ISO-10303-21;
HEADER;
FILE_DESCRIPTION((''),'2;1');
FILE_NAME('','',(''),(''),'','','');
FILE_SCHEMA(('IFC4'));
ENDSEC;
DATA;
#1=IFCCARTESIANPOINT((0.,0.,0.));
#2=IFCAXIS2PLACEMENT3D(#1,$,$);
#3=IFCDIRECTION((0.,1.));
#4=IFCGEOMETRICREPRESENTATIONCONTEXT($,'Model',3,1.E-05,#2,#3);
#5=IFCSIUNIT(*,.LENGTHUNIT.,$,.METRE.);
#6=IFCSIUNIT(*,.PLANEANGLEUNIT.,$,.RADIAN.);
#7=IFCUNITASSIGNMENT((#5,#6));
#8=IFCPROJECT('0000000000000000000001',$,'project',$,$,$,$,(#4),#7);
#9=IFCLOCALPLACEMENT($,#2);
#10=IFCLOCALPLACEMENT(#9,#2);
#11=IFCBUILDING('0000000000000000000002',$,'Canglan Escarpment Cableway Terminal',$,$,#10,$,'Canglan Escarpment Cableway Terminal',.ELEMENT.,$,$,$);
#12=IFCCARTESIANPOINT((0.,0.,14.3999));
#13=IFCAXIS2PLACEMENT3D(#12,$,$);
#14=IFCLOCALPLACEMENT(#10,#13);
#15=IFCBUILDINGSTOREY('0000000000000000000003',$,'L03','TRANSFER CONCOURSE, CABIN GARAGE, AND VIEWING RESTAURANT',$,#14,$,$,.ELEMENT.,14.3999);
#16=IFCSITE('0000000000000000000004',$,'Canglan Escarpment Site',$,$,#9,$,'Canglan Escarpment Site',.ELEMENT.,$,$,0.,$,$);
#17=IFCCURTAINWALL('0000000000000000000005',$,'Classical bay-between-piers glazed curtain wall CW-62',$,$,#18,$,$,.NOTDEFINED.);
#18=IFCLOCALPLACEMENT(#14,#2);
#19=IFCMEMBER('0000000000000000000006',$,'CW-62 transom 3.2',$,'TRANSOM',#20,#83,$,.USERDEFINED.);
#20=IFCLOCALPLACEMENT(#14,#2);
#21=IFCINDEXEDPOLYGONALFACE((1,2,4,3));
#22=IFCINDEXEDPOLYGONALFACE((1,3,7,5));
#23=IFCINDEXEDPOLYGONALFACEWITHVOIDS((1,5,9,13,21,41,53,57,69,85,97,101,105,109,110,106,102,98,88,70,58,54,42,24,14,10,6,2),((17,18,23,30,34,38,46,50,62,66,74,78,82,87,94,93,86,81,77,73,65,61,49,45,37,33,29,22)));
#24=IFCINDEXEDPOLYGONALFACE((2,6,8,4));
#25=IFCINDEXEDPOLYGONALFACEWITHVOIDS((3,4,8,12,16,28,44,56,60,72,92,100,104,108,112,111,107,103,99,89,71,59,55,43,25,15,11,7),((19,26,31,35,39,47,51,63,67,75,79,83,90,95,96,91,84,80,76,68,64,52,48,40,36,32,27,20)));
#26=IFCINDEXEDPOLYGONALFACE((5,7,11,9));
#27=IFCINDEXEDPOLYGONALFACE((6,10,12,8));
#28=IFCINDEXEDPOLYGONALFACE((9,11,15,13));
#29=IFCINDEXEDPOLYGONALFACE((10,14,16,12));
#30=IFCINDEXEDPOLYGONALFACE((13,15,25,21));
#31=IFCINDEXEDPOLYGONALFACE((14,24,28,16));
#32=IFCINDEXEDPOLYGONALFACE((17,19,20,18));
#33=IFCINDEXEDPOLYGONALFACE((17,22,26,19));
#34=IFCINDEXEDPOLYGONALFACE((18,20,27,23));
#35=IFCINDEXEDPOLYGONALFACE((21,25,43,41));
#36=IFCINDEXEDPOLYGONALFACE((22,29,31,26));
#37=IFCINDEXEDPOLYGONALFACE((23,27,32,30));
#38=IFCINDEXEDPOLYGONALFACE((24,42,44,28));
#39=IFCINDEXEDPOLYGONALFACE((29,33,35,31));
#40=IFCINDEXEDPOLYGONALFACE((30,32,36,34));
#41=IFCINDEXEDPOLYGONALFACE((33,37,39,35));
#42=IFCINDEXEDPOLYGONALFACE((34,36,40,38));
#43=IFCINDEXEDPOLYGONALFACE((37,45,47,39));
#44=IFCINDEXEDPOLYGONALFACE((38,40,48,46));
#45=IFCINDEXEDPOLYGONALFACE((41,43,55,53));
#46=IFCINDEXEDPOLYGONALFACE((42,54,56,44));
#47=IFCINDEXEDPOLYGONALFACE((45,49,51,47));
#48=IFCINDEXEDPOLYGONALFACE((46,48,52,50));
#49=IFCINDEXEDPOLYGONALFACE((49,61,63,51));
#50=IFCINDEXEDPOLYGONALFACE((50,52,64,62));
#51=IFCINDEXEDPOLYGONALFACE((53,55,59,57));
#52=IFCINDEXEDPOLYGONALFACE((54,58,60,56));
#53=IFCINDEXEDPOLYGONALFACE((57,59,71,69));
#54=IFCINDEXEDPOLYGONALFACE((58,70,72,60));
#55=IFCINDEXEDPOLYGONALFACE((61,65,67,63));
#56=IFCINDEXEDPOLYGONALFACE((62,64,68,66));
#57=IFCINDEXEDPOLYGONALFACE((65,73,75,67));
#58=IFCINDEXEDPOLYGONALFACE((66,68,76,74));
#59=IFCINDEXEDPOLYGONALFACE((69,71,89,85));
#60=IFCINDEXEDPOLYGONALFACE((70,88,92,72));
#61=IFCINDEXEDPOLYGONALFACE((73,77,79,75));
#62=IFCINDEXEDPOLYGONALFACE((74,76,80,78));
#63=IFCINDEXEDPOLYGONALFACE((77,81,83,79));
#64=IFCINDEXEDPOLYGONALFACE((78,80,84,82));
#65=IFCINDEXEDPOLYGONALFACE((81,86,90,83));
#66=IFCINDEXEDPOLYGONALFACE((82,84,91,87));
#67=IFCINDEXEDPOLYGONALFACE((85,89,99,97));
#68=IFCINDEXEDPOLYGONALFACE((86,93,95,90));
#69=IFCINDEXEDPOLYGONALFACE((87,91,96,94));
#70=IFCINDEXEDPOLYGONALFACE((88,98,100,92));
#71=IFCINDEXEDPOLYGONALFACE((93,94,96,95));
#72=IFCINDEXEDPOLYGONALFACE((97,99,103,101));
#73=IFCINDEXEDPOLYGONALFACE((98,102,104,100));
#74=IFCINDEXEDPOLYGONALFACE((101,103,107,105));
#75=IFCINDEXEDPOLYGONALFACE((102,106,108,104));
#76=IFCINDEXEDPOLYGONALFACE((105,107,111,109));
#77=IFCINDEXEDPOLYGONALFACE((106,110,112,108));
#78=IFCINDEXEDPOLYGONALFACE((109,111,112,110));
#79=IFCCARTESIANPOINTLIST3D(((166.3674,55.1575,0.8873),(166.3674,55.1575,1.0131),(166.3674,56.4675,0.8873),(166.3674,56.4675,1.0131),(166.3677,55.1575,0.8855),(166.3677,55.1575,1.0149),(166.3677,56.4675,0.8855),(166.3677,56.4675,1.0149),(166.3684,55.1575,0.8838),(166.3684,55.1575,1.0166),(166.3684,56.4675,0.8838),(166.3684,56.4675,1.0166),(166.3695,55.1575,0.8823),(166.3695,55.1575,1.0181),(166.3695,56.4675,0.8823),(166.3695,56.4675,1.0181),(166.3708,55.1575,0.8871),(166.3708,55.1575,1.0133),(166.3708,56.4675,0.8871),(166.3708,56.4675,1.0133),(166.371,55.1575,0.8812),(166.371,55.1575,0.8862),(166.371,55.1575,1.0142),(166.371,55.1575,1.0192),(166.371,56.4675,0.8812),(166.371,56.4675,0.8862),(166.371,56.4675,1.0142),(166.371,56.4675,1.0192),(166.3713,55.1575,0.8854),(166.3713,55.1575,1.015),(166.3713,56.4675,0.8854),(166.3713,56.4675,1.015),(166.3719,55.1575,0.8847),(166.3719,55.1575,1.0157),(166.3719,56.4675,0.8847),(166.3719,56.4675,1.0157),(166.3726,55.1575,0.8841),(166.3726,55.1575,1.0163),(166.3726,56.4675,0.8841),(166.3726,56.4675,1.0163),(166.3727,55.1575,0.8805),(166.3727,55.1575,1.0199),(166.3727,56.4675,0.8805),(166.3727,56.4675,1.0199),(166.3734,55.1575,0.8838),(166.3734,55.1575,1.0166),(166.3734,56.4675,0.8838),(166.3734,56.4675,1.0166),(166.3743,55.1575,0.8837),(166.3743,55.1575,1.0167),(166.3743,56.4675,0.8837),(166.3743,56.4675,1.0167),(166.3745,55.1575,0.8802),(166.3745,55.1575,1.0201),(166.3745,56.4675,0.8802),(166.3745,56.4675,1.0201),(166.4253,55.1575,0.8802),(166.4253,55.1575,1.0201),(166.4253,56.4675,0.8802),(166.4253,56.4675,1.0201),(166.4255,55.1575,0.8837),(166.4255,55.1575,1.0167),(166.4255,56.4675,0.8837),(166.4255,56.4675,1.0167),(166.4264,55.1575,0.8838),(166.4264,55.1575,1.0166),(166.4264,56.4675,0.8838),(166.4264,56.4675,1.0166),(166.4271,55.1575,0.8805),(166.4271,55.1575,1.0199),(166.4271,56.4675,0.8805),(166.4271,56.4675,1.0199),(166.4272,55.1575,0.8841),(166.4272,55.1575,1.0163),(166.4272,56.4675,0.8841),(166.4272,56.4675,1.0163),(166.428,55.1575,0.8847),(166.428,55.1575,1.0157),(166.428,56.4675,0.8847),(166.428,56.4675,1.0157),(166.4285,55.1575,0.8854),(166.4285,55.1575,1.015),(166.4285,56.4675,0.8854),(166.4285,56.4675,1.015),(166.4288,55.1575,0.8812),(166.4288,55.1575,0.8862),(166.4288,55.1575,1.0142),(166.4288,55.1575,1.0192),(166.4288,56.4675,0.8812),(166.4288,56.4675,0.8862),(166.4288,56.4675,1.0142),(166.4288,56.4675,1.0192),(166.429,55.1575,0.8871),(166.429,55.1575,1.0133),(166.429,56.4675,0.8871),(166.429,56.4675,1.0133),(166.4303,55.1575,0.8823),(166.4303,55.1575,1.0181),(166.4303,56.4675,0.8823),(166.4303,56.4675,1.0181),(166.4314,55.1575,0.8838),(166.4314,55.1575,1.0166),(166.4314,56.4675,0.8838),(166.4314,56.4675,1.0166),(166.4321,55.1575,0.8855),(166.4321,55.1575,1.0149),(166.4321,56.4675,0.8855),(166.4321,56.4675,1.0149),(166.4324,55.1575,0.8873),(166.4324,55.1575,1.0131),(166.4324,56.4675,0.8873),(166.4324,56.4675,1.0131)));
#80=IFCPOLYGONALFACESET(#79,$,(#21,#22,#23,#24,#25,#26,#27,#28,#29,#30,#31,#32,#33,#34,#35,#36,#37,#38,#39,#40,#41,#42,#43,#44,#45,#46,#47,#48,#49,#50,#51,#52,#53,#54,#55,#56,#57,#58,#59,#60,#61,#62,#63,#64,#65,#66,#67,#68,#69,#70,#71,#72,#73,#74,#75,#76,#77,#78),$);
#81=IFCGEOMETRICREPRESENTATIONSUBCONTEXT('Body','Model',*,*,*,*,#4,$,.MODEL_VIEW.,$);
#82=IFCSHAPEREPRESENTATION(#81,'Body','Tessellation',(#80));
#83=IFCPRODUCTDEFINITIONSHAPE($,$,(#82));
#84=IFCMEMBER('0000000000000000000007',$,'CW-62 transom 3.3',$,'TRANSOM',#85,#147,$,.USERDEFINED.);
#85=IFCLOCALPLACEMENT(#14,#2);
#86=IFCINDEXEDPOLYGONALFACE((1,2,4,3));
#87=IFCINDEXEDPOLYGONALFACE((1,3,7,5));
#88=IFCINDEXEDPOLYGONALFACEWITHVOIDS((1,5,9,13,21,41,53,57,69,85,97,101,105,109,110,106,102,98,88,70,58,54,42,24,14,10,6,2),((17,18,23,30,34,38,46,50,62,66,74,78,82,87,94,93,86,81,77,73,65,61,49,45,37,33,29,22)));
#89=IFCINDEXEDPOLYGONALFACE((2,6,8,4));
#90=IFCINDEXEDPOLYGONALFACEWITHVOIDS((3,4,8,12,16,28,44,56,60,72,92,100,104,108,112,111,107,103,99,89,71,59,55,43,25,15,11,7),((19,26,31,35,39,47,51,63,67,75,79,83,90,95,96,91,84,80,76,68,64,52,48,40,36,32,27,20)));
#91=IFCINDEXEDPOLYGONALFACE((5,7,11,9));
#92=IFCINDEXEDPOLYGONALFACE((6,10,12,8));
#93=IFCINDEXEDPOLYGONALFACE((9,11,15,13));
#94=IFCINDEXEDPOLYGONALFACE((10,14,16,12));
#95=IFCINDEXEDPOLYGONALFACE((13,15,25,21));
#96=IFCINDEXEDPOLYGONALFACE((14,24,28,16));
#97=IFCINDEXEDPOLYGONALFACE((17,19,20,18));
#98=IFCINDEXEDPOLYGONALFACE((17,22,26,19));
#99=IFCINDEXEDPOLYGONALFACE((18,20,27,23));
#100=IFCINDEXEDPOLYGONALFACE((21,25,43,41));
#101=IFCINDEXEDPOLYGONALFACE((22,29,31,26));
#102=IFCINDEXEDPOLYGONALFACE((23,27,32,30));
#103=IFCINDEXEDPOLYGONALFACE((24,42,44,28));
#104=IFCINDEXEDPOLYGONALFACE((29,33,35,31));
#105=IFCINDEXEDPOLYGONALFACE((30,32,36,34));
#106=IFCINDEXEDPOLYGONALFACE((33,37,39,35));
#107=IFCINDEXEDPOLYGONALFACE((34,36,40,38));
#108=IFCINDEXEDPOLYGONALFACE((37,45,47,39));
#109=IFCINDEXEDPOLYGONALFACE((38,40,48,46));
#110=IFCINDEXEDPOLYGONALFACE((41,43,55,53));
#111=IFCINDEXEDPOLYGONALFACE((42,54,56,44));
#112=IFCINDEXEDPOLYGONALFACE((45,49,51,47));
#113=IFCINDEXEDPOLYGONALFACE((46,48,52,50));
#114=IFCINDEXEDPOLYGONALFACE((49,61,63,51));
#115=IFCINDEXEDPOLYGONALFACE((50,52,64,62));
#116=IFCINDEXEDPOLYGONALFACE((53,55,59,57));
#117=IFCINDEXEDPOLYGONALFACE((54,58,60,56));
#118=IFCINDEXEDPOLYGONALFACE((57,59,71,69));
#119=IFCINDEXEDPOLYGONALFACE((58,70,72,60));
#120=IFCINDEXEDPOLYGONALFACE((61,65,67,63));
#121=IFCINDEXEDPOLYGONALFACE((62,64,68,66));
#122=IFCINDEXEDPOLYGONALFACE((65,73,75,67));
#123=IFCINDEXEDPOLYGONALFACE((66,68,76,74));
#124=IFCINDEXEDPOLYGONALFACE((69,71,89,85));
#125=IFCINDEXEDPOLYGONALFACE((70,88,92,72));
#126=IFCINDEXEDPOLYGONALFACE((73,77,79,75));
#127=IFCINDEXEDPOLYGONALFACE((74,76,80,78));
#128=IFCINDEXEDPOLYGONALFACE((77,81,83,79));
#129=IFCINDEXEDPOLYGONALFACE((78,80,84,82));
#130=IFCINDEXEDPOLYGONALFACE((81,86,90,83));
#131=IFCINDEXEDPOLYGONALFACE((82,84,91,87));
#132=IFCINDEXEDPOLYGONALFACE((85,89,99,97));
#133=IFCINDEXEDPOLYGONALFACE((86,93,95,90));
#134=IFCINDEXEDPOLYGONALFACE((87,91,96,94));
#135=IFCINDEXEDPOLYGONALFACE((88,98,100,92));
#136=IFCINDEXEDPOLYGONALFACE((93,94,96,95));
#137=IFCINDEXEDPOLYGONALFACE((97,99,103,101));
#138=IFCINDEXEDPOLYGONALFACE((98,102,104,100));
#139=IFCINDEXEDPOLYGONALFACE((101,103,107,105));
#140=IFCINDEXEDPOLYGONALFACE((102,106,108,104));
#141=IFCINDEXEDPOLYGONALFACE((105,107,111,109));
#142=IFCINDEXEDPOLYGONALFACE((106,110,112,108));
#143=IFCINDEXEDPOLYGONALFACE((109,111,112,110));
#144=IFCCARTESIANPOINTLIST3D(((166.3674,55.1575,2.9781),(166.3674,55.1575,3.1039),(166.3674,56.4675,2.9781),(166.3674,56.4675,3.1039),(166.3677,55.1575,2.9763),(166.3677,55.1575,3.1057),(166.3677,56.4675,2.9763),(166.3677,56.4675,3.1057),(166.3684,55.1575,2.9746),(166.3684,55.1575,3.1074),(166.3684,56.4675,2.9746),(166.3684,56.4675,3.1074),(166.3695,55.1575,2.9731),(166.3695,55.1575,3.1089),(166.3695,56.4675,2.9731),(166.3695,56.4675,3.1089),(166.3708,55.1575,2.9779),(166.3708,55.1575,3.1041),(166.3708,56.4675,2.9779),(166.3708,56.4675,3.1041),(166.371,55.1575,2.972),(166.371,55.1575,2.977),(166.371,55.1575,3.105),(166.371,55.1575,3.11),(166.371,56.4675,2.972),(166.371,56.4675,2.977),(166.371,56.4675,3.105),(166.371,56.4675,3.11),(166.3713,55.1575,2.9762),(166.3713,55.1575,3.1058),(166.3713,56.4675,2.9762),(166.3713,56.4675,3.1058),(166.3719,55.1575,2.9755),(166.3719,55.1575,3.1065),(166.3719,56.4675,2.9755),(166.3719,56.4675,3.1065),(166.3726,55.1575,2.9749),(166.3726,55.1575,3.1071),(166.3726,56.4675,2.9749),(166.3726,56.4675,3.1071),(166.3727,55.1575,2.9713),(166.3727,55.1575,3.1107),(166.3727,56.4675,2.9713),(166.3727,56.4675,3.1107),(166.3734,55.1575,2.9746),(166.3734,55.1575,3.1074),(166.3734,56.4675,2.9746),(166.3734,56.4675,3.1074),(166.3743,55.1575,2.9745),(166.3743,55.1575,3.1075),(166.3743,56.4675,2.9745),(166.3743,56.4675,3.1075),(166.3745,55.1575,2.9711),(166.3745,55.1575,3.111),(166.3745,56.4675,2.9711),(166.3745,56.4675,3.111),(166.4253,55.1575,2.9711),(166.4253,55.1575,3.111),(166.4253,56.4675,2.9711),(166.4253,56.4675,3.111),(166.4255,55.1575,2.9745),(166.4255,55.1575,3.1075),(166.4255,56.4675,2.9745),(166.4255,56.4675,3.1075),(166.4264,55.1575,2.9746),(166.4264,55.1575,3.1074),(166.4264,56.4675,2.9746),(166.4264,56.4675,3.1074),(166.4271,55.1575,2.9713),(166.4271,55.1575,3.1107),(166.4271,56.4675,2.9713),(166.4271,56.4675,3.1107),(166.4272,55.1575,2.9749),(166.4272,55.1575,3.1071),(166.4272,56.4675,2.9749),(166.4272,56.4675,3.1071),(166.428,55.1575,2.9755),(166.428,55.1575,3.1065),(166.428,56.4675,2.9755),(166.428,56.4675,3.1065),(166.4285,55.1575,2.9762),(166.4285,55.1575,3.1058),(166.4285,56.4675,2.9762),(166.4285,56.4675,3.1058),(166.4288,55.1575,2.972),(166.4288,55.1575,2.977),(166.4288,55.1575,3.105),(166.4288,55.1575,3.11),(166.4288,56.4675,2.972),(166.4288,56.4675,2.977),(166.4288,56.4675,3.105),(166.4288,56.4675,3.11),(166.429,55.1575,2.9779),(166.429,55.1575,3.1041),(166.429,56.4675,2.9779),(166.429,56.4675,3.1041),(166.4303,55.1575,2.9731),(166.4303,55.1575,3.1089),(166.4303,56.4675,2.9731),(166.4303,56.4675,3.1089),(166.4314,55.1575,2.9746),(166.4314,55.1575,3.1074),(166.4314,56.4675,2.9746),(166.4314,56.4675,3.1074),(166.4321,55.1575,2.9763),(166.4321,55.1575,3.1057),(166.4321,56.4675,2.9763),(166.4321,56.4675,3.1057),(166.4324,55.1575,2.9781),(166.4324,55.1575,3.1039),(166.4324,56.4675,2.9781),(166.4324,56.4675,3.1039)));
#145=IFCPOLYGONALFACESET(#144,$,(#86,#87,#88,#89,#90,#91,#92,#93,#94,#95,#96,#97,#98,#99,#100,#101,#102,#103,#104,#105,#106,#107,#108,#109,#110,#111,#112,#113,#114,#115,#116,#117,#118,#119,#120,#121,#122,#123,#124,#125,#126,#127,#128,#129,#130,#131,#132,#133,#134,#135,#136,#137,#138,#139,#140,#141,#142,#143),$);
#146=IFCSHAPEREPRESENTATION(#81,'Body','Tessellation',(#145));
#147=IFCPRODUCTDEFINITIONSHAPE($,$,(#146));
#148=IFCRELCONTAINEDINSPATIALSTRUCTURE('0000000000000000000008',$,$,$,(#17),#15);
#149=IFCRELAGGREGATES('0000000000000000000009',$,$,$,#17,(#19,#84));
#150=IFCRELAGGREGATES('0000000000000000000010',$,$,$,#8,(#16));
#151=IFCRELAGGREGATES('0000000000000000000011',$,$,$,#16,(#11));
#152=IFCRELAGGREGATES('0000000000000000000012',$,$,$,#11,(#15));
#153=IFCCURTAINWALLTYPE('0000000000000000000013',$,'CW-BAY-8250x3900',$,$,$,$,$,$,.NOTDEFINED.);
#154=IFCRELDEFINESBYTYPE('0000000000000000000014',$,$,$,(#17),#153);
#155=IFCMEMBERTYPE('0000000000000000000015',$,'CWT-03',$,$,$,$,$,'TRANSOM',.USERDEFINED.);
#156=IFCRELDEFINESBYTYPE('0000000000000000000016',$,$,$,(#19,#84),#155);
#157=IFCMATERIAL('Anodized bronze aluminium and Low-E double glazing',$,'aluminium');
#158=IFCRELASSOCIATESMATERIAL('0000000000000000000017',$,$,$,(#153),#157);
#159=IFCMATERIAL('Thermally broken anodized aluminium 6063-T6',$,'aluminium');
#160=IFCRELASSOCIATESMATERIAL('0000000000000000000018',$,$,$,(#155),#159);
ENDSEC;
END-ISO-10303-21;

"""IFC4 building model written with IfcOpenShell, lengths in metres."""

from ifc_helpers import new_model, si_unit, direction, frame, origin, origin_2d, place, context, subcontext, project, spatial, hollow_rectangle, extrude, material, material_profile, profile_set, type_object, element, aggregate, save


model = new_model("IFC4")

# Units and contexts
model_context = context("Model", 3, precision=1e-05, world=origin(), true_north=direction((0.0, 1.0)))
body_context = subcontext(model_context, "Body", "Model", "MODEL_VIEW")
ifc_project = project(units=[si_unit("LENGTHUNIT", "METRE"), si_unit("PLANEANGLEUNIT", "RADIAN")], contexts=[model_context])

# Site, building, storey
site_placement = place(None, origin())
site = spatial("IfcSite", under=ifc_project, at=site_placement, Name="Canglan Escarpment Site", LongName="Canglan Escarpment Site", CompositionType="ELEMENT", RefElevation=0.0)
building_placement = place(site_placement, origin())
building = spatial("IfcBuilding", under=site, at=building_placement, Name="Canglan Escarpment Cableway Terminal", LongName="Canglan Escarpment Cableway Terminal", CompositionType="ELEMENT")
storey_placement = place(building_placement, frame((0.0, 0.0, 14.3999)))
storey = spatial("IfcBuildingStorey", under=building, at=storey_placement, Name="L03", Description="TRANSFER CONCOURSE, CABIN GARAGE, AND VIEWING RESTAURANT", CompositionType="ELEMENT", Elevation=14.3999)

# Curtain wall, members
ifc_material_1 = material(Name="Anodized bronze aluminium and Low-E double glazing", Category="aluminium")
curtain_wall_type = type_object("IfcCurtainWallType", Name="CW-BAY-8250x3900", PredefinedType="NOTDEFINED", material=ifc_material_1)
curtain_wall_placement = place(storey_placement, origin())
curtain_wall = element("IfcCurtainWall", 1, at=curtain_wall_placement, inside=storey, type_object=curtain_wall_type, Name="Classical bay-between-piers glazed curtain wall CW-62", PredefinedType="NOTDEFINED")
ifc_material_2 = material(Name="Thermally broken anodized aluminium 6063-T6", Category="aluminium")
ifc_material_profile_1 = material_profile(ifc_material_2, hollow_rectangle(XDim=0.0649, YDim=0.1399, WallThickness=0.0034, InnerFilletRadius=0.0034, OuterFilletRadius=0.0071, at=origin_2d()), Name="ALU-TRAN 65x140x3.5")
ifc_profile_set_1 = profile_set([ifc_material_profile_1], Name="Thermally broken anodized aluminium 6063-T6")
member_type_1 = type_object("IfcMemberType", Name="CWT-03", ElementType="TRANSOM", PredefinedType="USERDEFINED", material=ifc_profile_set_1)
member_1_placement = place(storey_placement, frame((166.3999, 55.1575, 0.9502), z_axis=(0.0, 1.0, 0.0), x_axis=(-1.0, 0.0, 0.0)))
member_1 = element("IfcMember", 2, at=member_1_placement, type_object=member_type_1, Name="CW-62 transom 3.2", ObjectType="TRANSOM", PredefinedType="USERDEFINED", context=body_context, shape_type="SweptSolid", body=[
    extrude(hollow_rectangle(XDim=0.0649, YDim=0.1399, WallThickness=0.0034, InnerFilletRadius=0.0034, OuterFilletRadius=0.0071, at=origin_2d()), origin(), (0.0, 0.0, 1.0), 1.3101),
])
member_2_placement = place(storey_placement, frame((166.3999, 55.1575, 3.041), z_axis=(0.0, 1.0, 0.0), x_axis=(-1.0, 0.0, 0.0)))
member_2 = element("IfcMember", 3, at=member_2_placement, type_object=member_type_1, Name="CW-62 transom 3.3", ObjectType="TRANSOM", PredefinedType="USERDEFINED", context=body_context, shape_type="SweptSolid", body=[
    extrude(hollow_rectangle(XDim=0.0649, YDim=0.1399, WallThickness=0.0034, InnerFilletRadius=0.0034, OuterFilletRadius=0.0071, at=origin_2d()), origin(), (0.0, 0.0, 1.0), 1.3101),
])

aggregate(curtain_wall, [member_1, member_2])

save(model, "model.ifc")
